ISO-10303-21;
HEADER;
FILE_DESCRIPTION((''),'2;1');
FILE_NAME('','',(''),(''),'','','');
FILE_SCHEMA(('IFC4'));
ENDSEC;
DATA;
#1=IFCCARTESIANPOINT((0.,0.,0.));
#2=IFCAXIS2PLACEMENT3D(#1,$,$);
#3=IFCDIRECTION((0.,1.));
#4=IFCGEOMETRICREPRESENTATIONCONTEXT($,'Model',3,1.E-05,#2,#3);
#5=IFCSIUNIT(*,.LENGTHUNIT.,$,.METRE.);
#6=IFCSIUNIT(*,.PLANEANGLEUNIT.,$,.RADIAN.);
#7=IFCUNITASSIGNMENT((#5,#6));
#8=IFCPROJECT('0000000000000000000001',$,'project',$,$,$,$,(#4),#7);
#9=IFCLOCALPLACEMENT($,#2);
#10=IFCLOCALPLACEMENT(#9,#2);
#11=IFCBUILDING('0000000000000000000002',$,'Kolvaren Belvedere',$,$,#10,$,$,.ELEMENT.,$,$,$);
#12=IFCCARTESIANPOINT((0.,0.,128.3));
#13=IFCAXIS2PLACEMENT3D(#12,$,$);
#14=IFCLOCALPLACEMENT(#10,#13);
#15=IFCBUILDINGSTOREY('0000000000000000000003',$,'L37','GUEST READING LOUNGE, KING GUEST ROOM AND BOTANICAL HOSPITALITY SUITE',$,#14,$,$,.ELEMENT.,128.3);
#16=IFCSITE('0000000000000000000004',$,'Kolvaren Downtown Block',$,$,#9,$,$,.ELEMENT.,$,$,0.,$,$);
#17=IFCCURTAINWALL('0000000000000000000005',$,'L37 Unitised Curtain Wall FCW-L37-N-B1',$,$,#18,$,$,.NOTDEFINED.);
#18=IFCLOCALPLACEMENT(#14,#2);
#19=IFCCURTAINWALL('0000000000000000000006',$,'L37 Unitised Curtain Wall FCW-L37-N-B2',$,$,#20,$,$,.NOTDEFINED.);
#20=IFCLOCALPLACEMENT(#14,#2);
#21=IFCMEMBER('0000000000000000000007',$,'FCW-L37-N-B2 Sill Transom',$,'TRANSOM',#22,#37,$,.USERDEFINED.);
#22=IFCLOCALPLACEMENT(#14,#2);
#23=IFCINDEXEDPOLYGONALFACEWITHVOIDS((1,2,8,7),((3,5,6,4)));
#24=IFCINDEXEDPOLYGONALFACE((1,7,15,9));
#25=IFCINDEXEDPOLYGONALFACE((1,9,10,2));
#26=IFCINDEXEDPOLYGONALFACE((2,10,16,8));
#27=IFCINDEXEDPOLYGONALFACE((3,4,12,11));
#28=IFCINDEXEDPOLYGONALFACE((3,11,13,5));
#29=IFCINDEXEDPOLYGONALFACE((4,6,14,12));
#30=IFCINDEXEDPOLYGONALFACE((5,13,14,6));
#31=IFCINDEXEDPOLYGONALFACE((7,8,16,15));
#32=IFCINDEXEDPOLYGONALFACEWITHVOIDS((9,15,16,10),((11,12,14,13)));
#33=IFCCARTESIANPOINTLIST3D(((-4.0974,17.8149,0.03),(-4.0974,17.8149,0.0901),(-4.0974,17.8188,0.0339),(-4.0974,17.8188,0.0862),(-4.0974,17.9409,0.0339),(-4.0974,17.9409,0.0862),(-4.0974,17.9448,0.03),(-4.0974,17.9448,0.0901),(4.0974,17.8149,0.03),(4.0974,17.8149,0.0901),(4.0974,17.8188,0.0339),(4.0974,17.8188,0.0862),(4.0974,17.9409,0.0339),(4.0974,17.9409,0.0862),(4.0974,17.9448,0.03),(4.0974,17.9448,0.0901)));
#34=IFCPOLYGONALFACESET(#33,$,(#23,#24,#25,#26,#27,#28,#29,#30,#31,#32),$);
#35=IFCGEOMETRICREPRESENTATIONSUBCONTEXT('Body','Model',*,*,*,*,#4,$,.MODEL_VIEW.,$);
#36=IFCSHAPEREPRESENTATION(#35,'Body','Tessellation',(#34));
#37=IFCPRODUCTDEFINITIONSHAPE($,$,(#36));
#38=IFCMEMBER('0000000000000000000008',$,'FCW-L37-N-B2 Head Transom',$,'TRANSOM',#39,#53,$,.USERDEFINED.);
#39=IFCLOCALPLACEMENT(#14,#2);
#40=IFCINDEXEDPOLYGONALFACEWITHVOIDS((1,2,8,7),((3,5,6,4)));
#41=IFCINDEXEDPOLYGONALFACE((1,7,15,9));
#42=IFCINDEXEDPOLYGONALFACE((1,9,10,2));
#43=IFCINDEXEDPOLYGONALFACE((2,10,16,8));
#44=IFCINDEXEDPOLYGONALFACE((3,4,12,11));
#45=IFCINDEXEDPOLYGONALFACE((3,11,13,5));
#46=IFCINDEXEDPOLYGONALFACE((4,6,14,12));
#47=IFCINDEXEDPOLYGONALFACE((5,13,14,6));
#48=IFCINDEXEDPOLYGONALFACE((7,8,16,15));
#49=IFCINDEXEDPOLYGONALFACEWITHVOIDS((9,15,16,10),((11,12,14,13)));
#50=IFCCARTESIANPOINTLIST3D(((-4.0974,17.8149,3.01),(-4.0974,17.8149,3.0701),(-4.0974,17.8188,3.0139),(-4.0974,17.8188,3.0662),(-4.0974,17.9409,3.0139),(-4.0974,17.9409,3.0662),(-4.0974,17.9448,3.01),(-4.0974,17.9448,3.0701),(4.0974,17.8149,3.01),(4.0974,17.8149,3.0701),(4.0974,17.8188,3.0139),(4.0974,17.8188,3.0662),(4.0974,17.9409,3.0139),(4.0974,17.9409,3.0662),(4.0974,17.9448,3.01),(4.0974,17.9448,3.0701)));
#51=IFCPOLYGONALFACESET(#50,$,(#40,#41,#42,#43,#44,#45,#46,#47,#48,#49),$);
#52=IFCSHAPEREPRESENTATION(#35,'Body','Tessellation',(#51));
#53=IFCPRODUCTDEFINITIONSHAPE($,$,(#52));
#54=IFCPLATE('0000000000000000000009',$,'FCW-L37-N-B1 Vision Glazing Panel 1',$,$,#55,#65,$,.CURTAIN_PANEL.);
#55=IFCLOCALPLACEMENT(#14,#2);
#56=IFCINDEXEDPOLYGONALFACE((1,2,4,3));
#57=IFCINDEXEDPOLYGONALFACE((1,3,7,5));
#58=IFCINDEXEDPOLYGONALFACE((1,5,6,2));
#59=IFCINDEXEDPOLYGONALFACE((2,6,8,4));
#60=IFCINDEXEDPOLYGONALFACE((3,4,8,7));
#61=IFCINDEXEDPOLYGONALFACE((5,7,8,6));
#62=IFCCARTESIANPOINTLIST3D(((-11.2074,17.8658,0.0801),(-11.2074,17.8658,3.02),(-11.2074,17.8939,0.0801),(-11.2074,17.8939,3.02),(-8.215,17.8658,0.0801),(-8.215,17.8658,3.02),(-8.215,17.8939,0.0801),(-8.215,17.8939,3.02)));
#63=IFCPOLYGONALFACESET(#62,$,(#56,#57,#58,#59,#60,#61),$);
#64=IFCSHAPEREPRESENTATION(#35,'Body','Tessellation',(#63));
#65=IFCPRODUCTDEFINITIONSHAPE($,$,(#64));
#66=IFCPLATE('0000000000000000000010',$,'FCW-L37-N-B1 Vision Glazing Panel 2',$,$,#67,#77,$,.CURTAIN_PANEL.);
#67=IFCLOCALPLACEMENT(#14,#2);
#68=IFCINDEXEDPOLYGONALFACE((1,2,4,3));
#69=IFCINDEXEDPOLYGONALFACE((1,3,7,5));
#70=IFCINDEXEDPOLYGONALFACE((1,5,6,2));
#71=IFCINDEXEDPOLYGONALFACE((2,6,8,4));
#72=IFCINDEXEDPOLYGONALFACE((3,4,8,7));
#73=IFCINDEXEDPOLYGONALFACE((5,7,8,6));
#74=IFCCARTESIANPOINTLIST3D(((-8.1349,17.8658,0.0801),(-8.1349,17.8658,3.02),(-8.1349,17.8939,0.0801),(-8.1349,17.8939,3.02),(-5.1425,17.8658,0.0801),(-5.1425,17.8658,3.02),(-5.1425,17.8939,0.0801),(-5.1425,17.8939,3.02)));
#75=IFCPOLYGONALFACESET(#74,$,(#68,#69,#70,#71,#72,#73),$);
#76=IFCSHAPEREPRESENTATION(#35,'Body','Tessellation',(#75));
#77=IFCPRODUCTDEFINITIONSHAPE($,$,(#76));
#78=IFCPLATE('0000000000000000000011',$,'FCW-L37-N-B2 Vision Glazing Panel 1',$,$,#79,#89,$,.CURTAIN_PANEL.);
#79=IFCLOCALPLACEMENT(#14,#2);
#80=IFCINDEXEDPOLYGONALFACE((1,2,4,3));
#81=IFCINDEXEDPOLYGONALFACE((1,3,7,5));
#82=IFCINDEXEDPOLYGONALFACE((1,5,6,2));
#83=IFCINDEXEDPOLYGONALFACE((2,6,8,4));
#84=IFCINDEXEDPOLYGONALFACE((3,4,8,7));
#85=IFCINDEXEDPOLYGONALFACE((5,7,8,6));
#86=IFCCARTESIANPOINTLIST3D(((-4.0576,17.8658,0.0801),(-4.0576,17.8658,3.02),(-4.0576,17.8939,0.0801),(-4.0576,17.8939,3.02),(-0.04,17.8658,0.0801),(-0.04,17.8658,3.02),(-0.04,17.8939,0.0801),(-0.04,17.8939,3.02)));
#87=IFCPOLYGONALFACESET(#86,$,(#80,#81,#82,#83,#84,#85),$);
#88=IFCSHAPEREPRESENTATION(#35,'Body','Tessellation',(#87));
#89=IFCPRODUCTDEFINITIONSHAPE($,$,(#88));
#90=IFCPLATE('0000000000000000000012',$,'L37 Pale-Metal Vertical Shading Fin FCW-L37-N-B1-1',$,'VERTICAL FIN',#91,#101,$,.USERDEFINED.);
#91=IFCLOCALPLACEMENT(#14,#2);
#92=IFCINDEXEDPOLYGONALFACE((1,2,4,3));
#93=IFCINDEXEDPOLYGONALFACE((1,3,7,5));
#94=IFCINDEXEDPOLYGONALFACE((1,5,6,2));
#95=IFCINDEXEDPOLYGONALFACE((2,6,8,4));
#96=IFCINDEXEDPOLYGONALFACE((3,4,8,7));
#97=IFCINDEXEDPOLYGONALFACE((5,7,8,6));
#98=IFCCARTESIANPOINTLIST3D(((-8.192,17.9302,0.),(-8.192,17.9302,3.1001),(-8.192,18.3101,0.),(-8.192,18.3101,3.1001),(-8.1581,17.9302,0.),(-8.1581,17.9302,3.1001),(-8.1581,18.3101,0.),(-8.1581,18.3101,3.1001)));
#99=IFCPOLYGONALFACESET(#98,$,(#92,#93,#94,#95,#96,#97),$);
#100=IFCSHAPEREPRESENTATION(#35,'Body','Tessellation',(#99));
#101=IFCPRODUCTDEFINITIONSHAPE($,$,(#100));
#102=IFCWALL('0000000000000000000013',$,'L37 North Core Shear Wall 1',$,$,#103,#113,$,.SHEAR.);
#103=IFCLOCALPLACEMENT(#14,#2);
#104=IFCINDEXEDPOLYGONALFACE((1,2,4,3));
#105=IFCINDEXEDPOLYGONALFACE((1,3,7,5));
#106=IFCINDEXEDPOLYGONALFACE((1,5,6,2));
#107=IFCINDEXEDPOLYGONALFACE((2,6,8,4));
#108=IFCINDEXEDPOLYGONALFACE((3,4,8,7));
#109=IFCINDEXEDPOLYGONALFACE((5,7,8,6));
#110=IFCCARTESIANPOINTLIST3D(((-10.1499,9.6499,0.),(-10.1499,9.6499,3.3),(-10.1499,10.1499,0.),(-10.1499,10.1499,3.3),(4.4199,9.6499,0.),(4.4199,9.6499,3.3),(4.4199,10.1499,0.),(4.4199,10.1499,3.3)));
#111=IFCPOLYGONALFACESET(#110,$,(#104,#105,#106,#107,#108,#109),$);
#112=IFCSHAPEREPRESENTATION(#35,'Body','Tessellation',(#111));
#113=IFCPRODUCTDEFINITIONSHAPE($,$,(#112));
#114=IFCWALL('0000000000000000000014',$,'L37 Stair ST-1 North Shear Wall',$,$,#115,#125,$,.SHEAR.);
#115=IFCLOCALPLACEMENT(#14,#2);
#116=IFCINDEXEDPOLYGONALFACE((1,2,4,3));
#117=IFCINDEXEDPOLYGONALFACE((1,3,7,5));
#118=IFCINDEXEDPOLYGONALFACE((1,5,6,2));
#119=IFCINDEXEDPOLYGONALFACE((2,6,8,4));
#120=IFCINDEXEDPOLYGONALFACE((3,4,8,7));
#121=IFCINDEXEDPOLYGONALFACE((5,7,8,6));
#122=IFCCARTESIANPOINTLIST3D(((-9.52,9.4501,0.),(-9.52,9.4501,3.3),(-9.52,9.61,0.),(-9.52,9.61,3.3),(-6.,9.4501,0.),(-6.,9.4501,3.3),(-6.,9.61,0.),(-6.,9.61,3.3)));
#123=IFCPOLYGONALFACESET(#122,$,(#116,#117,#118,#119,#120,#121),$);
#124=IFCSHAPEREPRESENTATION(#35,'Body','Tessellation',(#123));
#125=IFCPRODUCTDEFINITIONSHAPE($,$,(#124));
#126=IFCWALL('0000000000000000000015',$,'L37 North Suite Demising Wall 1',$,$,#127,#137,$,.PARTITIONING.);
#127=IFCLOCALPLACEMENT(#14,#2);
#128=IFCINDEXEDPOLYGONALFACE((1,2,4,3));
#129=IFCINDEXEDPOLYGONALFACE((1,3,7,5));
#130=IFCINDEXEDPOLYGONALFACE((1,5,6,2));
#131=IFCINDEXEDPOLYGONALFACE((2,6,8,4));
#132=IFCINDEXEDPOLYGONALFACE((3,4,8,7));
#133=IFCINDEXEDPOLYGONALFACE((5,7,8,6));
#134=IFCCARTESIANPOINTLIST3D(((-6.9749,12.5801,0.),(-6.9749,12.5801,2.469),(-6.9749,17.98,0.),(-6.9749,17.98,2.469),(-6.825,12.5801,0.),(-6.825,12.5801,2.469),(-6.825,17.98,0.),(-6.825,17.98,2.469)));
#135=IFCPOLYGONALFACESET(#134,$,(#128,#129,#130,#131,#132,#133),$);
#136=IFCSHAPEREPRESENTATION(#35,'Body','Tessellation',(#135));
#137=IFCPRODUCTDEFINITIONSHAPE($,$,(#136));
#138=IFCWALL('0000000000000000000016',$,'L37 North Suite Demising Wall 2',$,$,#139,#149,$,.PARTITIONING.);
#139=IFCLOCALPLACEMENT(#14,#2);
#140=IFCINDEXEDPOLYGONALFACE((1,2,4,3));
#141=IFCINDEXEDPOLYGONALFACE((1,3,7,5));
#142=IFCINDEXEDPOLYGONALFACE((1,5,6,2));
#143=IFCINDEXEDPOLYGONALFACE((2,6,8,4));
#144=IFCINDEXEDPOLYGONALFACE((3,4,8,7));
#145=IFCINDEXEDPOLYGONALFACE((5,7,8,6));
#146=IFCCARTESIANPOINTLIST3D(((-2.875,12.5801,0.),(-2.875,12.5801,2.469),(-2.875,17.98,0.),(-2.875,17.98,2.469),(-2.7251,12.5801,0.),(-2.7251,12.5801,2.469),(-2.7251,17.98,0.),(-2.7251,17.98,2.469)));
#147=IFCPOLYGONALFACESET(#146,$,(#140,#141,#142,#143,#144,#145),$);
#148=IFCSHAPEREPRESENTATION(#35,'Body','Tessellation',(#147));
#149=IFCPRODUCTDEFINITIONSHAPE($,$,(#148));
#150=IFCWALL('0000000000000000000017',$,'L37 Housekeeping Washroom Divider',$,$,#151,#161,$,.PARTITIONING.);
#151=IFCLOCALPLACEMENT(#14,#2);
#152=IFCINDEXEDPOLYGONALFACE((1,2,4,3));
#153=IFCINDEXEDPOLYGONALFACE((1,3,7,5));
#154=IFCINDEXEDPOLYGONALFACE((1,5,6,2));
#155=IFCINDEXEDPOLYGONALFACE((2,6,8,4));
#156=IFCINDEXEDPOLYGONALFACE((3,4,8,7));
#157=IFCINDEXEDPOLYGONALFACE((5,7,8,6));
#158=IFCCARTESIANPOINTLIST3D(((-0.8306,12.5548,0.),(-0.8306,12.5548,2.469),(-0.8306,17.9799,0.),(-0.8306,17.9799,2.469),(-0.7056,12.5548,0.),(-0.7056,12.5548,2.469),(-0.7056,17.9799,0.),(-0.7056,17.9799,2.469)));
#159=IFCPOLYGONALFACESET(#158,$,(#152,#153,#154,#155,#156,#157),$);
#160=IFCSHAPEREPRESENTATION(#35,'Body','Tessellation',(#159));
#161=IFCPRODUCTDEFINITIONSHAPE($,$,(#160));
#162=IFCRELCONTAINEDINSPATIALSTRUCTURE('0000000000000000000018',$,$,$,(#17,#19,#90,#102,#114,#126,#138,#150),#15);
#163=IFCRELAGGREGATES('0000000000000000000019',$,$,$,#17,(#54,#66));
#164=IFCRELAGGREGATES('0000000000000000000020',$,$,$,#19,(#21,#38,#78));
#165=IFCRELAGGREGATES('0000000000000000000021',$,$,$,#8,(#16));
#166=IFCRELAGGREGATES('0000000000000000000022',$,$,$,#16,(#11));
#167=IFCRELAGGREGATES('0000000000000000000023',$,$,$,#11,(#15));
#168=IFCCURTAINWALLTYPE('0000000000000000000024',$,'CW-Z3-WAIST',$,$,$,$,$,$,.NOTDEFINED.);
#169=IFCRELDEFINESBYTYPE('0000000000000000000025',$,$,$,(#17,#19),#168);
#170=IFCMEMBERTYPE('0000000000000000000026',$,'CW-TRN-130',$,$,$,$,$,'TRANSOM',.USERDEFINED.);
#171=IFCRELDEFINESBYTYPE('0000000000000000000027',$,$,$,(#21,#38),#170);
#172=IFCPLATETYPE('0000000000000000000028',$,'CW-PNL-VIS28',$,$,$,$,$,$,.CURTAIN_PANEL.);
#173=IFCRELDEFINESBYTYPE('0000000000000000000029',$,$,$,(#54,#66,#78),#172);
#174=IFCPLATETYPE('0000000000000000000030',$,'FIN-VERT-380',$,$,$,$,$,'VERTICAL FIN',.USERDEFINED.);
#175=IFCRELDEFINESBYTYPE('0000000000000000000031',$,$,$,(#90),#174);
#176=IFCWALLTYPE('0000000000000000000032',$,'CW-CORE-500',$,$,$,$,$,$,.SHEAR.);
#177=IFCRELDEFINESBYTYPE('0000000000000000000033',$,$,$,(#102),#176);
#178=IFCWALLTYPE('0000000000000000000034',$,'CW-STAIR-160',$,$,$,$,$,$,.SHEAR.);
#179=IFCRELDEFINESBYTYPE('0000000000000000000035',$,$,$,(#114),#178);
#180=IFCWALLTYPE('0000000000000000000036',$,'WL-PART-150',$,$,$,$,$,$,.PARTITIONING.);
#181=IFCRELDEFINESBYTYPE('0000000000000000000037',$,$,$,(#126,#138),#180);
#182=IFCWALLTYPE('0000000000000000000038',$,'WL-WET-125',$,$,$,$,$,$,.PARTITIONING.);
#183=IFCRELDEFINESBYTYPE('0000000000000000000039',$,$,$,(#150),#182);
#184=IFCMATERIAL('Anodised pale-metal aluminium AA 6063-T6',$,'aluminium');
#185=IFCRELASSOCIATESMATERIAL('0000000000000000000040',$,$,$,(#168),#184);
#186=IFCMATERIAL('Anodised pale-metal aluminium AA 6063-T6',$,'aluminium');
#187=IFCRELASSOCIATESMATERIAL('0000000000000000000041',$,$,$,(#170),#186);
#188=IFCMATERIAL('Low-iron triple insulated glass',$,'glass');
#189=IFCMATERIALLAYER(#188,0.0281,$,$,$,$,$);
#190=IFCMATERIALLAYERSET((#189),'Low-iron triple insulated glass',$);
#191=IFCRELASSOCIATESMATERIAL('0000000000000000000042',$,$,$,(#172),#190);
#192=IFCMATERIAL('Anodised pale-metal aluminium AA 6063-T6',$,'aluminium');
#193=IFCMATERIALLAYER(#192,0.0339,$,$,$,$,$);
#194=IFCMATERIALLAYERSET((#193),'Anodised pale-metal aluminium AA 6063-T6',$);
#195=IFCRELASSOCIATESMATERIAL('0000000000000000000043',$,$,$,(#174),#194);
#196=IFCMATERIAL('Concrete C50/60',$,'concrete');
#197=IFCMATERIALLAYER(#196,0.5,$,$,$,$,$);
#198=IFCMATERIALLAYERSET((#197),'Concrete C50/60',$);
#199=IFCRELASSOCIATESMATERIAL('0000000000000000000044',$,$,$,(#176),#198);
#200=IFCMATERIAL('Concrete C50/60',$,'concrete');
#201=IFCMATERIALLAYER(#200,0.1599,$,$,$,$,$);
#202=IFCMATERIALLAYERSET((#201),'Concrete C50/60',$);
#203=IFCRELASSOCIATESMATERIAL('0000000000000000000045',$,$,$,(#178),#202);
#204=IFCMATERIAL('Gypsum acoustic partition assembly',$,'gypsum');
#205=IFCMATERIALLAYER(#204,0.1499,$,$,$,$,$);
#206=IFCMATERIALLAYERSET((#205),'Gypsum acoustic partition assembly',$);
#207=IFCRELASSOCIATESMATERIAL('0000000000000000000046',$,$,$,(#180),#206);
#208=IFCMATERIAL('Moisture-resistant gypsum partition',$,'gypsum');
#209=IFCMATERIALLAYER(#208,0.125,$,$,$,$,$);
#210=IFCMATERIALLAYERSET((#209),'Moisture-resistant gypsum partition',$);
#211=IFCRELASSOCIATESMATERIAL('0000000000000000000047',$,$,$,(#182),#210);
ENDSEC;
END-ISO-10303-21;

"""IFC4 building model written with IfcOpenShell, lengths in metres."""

from ifc_helpers import new_model, si_unit, direction, frame, frame_2d, origin, origin_2d, place, context, subcontext, project, spatial, rectangle, hollow_rectangle, extrude, material, layer, layer_set, material_profile, profile_set, type_object, element, aggregate, save


model = new_model("IFC4")

# Units and contexts
model_context = context("Model", 3, precision=1e-05, world=origin(), true_north=direction((0.0, 1.0)))
body_context = subcontext(model_context, "Body", "Model", "MODEL_VIEW")
ifc_project = project(units=[si_unit("LENGTHUNIT", "METRE"), si_unit("PLANEANGLEUNIT", "RADIAN")], contexts=[model_context])

# Site, building, storey
site_placement = place(None, origin())
site = spatial("IfcSite", under=ifc_project, at=site_placement, Name="Kolvaren Downtown Block", CompositionType="ELEMENT", RefElevation=0.0)
building_placement = place(site_placement, origin())
building = spatial("IfcBuilding", under=site, at=building_placement, Name="Kolvaren Belvedere", CompositionType="ELEMENT")
storey_placement = place(building_placement, frame((0.0, 0.0, 128.3)))
storey = spatial("IfcBuildingStorey", under=building, at=storey_placement, Name="L37", Description="GUEST READING LOUNGE, KING GUEST ROOM AND BOTANICAL HOSPITALITY SUITE", CompositionType="ELEMENT", Elevation=128.3)

# Curtain wall
ifc_material_1 = material(Name="Anodised pale-metal aluminium AA 6063-T6", Category="aluminium")
curtain_wall_type = type_object("IfcCurtainWallType", Name="CW-Z3-WAIST", PredefinedType="NOTDEFINED", material=ifc_material_1)
curtain_wall_1_placement = place(storey_placement, origin())
curtain_wall_1 = element("IfcCurtainWall", 1, at=curtain_wall_1_placement, inside=storey, type_object=curtain_wall_type, Name="L37 Unitised Curtain Wall FCW-L37-N-B1", PredefinedType="NOTDEFINED")

# Curtain wall
curtain_wall_2_placement = place(storey_placement, origin())
curtain_wall_2 = element("IfcCurtainWall", 2, at=curtain_wall_2_placement, inside=storey, type_object=curtain_wall_type, Name="L37 Unitised Curtain Wall FCW-L37-N-B2", PredefinedType="NOTDEFINED")

# Members
ifc_material_2 = material(Name="Anodised pale-metal aluminium AA 6063-T6", Category="aluminium")
ifc_material_profile_1 = material_profile(ifc_material_2, hollow_rectangle(XDim=0.0601, YDim=0.1299, WallThickness=0.0039, at=origin_2d()), Name="ALU-TRN-130X60")
ifc_profile_set_1 = profile_set([ifc_material_profile_1], Name="Anodised pale-metal aluminium AA 6063-T6")
member_type_1 = type_object("IfcMemberType", Name="CW-TRN-130", ElementType="TRANSOM", PredefinedType="USERDEFINED", material=ifc_profile_set_1)
member_1_placement = place(storey_placement, frame((-4.0974, 17.8799, 0.0601), z_axis=(1.0, 0.0, 0.0), x_axis=(0.0, 0.0, 1.0)))
member_1 = element("IfcMember", 3, at=member_1_placement, type_object=member_type_1, Name="FCW-L37-N-B2 Sill Transom", ObjectType="TRANSOM", PredefinedType="USERDEFINED", context=body_context, shape_type="SweptSolid", body=[
    extrude(hollow_rectangle(XDim=0.0601, YDim=0.1299, WallThickness=0.0039, at=origin_2d()), origin(), (0.0, 0.0, 1.0), 8.1948),
])
member_2_placement = place(storey_placement, frame((-4.0974, 17.8799, 3.04), z_axis=(1.0, 0.0, 0.0), x_axis=(0.0, 0.0, 1.0)))
member_2 = element("IfcMember", 4, at=member_2_placement, type_object=member_type_1, Name="FCW-L37-N-B2 Head Transom", ObjectType="TRANSOM", PredefinedType="USERDEFINED", context=body_context, shape_type="SweptSolid", body=[
    extrude(hollow_rectangle(XDim=0.0601, YDim=0.1299, WallThickness=0.0039, at=origin_2d()), origin(), (0.0, 0.0, 1.0), 8.1948),
])

# Plates
ifc_material_3 = material(Name="Low-iron triple insulated glass", Category="glass")
ifc_layer_1 = layer(ifc_material_3, 0.0281)
ifc_layer_set_1 = layer_set([ifc_layer_1], Name="Low-iron triple insulated glass")
plate_type_1 = type_object("IfcPlateType", Name="CW-PNL-VIS28", PredefinedType="CURTAIN_PANEL", material=ifc_layer_set_1)
plate_1_placement = place(storey_placement, frame((-9.7112, 17.8799, 0.0801), z_axis=(0.0, 0.0, 1.0), x_axis=(1.0, 0.0, 0.0)))
plate_1 = element("IfcPlate", 5, at=plate_1_placement, type_object=plate_type_1, Name="FCW-L37-N-B1 Vision Glazing Panel 1", PredefinedType="CURTAIN_PANEL", context=body_context, shape_type="SweptSolid", body=[
    extrude(rectangle(XDim=2.9924, YDim=0.0281, at=origin_2d()), origin(), (0.0, 0.0, 1.0), 2.9399),
])
plate_2_placement = place(storey_placement, frame((-6.6387, 17.8799, 0.0801), z_axis=(0.0, 0.0, 1.0), x_axis=(1.0, 0.0, 0.0)))
plate_2 = element("IfcPlate", 6, at=plate_2_placement, type_object=plate_type_1, Name="FCW-L37-N-B1 Vision Glazing Panel 2", PredefinedType="CURTAIN_PANEL", context=body_context, shape_type="SweptSolid", body=[
    extrude(rectangle(XDim=2.9924, YDim=0.0281, at=origin_2d()), origin(), (0.0, 0.0, 1.0), 2.9399),
])
aggregate(curtain_wall_1, [plate_1, plate_2])
plate_3_placement = place(storey_placement, frame((-2.0488, 17.8799, 0.0801), z_axis=(0.0, 0.0, 1.0), x_axis=(1.0, 0.0, 0.0)))
plate_3 = element("IfcPlate", 7, at=plate_3_placement, type_object=plate_type_1, Name="FCW-L37-N-B2 Vision Glazing Panel 1", PredefinedType="CURTAIN_PANEL", context=body_context, shape_type="SweptSolid", body=[
    extrude(rectangle(XDim=4.0176, YDim=0.0281, at=origin_2d()), origin(), (0.0, 0.0, 1.0), 2.9399),
])
aggregate(curtain_wall_2, [member_1, member_2, plate_3])
ifc_material_4 = material(Name="Anodised pale-metal aluminium AA 6063-T6", Category="aluminium")
ifc_layer_2 = layer(ifc_material_4, 0.0339)
ifc_layer_set_2 = layer_set([ifc_layer_2], Name="Anodised pale-metal aluminium AA 6063-T6")
plate_type_2 = type_object("IfcPlateType", Name="FIN-VERT-380", ElementType="VERTICAL FIN", PredefinedType="USERDEFINED", material=ifc_layer_set_2)
plate_4_placement = place(storey_placement, frame((-8.175, 18.1201, 0.0), z_axis=(0.0, 0.0, 1.0), x_axis=(0.0, 1.0, 0.0)))
element("IfcPlate", 8, at=plate_4_placement, inside=storey, type_object=plate_type_2, Name="L37 Pale-Metal Vertical Shading Fin FCW-L37-N-B1-1", ObjectType="VERTICAL FIN", PredefinedType="USERDEFINED", context=body_context, shape_type="SweptSolid", body=[
    extrude(rectangle(XDim=0.3799, YDim=0.0339, at=origin_2d()), origin(), (0.0, 0.0, 1.0), 3.1001),
])

# Walls
ifc_material_5 = material(Name="Concrete C50/60", Category="concrete")
ifc_layer_3 = layer(ifc_material_5, 0.5)
ifc_layer_set_3 = layer_set([ifc_layer_3], Name="Concrete C50/60")
wall_type_1 = type_object("IfcWallType", Name="CW-CORE-500", PredefinedType="SHEAR", material=ifc_layer_set_3)
wall_1_placement = place(storey_placement, frame((-10.1499, 9.8999, 0.0), z_axis=(0.0, 0.0, 1.0), x_axis=(1.0, 0.0, 0.0)))
element("IfcWall", 9, at=wall_1_placement, inside=storey, type_object=wall_type_1, Name="L37 North Core Shear Wall 1", PredefinedType="SHEAR", context=body_context, shape_type="SweptSolid", body=[
    extrude(rectangle(XDim=14.5698, YDim=0.5, at=frame_2d((7.2849, 0.0))), origin(), (0.0, 0.0, 1.0), 3.3),
])
ifc_material_6 = material(Name="Concrete C50/60", Category="concrete")
ifc_layer_4 = layer(ifc_material_6, 0.1599)
ifc_layer_set_4 = layer_set([ifc_layer_4], Name="Concrete C50/60")
wall_type_2 = type_object("IfcWallType", Name="CW-STAIR-160", PredefinedType="SHEAR", material=ifc_layer_set_4)
wall_2_placement = place(storey_placement, frame((-9.52, 9.53, 0.0), z_axis=(0.0, 0.0, 1.0), x_axis=(1.0, 0.0, 0.0)))
element("IfcWall", 10, at=wall_2_placement, inside=storey, type_object=wall_type_2, Name="L37 Stair ST-1 North Shear Wall", PredefinedType="SHEAR", context=body_context, shape_type="SweptSolid", body=[
    extrude(rectangle(XDim=3.52, YDim=0.1599, at=frame_2d((1.76, 0.0))), origin(), (0.0, 0.0, 1.0), 3.3),
])
ifc_material_7 = material(Name="Gypsum acoustic partition assembly", Category="gypsum")
ifc_layer_5 = layer(ifc_material_7, 0.1499)
ifc_layer_set_5 = layer_set([ifc_layer_5], Name="Gypsum acoustic partition assembly")
wall_type_3 = type_object("IfcWallType", Name="WL-PART-150", PredefinedType="PARTITIONING", material=ifc_layer_set_5)
for number, where, z_axis, x_axis, name in (
    (11, (-6.8999, 12.5801, 0.0), (0.0, 0.0, 1.0), (0.0, 1.0, 0.0), "L37 North Suite Demising Wall 1"),
    (12, (-2.8, 12.5801, 0.0), (0.0, 0.0, 1.0), (0.0, 1.0, 0.0), "L37 North Suite Demising Wall 2"),
):
    element("IfcWall", number, at=place(storey_placement, frame(where, z_axis=z_axis, x_axis=x_axis)), inside=storey, type_object=wall_type_3, Name=name, PredefinedType="PARTITIONING", context=body_context, shape_type="SweptSolid", body=[
        extrude(rectangle(XDim=5.3999, YDim=0.1499, at=frame_2d((2.7, 0.0))), origin(), (0.0, 0.0, 1.0), 2.469),
    ])
ifc_material_8 = material(Name="Moisture-resistant gypsum partition", Category="gypsum")
ifc_layer_6 = layer(ifc_material_8, 0.125)
ifc_layer_set_6 = layer_set([ifc_layer_6], Name="Moisture-resistant gypsum partition")
wall_type_4 = type_object("IfcWallType", Name="WL-WET-125", PredefinedType="PARTITIONING", material=ifc_layer_set_6)
wall_3_placement = place(storey_placement, frame((-0.7681, 12.5549, 0.0), z_axis=(0.0, 0.0, 1.0), x_axis=(0.0, 1.0, 0.0)))
element("IfcWall", 13, at=wall_3_placement, inside=storey, type_object=wall_type_4, Name="L37 Housekeeping Washroom Divider", PredefinedType="PARTITIONING", context=body_context, shape_type="SweptSolid", body=[
    extrude(rectangle(XDim=5.425, YDim=0.125, at=frame_2d((2.7124, 0.0))), origin(), (0.0, 0.0, 1.0), 2.469),
])

save(model, "model.ifc")
